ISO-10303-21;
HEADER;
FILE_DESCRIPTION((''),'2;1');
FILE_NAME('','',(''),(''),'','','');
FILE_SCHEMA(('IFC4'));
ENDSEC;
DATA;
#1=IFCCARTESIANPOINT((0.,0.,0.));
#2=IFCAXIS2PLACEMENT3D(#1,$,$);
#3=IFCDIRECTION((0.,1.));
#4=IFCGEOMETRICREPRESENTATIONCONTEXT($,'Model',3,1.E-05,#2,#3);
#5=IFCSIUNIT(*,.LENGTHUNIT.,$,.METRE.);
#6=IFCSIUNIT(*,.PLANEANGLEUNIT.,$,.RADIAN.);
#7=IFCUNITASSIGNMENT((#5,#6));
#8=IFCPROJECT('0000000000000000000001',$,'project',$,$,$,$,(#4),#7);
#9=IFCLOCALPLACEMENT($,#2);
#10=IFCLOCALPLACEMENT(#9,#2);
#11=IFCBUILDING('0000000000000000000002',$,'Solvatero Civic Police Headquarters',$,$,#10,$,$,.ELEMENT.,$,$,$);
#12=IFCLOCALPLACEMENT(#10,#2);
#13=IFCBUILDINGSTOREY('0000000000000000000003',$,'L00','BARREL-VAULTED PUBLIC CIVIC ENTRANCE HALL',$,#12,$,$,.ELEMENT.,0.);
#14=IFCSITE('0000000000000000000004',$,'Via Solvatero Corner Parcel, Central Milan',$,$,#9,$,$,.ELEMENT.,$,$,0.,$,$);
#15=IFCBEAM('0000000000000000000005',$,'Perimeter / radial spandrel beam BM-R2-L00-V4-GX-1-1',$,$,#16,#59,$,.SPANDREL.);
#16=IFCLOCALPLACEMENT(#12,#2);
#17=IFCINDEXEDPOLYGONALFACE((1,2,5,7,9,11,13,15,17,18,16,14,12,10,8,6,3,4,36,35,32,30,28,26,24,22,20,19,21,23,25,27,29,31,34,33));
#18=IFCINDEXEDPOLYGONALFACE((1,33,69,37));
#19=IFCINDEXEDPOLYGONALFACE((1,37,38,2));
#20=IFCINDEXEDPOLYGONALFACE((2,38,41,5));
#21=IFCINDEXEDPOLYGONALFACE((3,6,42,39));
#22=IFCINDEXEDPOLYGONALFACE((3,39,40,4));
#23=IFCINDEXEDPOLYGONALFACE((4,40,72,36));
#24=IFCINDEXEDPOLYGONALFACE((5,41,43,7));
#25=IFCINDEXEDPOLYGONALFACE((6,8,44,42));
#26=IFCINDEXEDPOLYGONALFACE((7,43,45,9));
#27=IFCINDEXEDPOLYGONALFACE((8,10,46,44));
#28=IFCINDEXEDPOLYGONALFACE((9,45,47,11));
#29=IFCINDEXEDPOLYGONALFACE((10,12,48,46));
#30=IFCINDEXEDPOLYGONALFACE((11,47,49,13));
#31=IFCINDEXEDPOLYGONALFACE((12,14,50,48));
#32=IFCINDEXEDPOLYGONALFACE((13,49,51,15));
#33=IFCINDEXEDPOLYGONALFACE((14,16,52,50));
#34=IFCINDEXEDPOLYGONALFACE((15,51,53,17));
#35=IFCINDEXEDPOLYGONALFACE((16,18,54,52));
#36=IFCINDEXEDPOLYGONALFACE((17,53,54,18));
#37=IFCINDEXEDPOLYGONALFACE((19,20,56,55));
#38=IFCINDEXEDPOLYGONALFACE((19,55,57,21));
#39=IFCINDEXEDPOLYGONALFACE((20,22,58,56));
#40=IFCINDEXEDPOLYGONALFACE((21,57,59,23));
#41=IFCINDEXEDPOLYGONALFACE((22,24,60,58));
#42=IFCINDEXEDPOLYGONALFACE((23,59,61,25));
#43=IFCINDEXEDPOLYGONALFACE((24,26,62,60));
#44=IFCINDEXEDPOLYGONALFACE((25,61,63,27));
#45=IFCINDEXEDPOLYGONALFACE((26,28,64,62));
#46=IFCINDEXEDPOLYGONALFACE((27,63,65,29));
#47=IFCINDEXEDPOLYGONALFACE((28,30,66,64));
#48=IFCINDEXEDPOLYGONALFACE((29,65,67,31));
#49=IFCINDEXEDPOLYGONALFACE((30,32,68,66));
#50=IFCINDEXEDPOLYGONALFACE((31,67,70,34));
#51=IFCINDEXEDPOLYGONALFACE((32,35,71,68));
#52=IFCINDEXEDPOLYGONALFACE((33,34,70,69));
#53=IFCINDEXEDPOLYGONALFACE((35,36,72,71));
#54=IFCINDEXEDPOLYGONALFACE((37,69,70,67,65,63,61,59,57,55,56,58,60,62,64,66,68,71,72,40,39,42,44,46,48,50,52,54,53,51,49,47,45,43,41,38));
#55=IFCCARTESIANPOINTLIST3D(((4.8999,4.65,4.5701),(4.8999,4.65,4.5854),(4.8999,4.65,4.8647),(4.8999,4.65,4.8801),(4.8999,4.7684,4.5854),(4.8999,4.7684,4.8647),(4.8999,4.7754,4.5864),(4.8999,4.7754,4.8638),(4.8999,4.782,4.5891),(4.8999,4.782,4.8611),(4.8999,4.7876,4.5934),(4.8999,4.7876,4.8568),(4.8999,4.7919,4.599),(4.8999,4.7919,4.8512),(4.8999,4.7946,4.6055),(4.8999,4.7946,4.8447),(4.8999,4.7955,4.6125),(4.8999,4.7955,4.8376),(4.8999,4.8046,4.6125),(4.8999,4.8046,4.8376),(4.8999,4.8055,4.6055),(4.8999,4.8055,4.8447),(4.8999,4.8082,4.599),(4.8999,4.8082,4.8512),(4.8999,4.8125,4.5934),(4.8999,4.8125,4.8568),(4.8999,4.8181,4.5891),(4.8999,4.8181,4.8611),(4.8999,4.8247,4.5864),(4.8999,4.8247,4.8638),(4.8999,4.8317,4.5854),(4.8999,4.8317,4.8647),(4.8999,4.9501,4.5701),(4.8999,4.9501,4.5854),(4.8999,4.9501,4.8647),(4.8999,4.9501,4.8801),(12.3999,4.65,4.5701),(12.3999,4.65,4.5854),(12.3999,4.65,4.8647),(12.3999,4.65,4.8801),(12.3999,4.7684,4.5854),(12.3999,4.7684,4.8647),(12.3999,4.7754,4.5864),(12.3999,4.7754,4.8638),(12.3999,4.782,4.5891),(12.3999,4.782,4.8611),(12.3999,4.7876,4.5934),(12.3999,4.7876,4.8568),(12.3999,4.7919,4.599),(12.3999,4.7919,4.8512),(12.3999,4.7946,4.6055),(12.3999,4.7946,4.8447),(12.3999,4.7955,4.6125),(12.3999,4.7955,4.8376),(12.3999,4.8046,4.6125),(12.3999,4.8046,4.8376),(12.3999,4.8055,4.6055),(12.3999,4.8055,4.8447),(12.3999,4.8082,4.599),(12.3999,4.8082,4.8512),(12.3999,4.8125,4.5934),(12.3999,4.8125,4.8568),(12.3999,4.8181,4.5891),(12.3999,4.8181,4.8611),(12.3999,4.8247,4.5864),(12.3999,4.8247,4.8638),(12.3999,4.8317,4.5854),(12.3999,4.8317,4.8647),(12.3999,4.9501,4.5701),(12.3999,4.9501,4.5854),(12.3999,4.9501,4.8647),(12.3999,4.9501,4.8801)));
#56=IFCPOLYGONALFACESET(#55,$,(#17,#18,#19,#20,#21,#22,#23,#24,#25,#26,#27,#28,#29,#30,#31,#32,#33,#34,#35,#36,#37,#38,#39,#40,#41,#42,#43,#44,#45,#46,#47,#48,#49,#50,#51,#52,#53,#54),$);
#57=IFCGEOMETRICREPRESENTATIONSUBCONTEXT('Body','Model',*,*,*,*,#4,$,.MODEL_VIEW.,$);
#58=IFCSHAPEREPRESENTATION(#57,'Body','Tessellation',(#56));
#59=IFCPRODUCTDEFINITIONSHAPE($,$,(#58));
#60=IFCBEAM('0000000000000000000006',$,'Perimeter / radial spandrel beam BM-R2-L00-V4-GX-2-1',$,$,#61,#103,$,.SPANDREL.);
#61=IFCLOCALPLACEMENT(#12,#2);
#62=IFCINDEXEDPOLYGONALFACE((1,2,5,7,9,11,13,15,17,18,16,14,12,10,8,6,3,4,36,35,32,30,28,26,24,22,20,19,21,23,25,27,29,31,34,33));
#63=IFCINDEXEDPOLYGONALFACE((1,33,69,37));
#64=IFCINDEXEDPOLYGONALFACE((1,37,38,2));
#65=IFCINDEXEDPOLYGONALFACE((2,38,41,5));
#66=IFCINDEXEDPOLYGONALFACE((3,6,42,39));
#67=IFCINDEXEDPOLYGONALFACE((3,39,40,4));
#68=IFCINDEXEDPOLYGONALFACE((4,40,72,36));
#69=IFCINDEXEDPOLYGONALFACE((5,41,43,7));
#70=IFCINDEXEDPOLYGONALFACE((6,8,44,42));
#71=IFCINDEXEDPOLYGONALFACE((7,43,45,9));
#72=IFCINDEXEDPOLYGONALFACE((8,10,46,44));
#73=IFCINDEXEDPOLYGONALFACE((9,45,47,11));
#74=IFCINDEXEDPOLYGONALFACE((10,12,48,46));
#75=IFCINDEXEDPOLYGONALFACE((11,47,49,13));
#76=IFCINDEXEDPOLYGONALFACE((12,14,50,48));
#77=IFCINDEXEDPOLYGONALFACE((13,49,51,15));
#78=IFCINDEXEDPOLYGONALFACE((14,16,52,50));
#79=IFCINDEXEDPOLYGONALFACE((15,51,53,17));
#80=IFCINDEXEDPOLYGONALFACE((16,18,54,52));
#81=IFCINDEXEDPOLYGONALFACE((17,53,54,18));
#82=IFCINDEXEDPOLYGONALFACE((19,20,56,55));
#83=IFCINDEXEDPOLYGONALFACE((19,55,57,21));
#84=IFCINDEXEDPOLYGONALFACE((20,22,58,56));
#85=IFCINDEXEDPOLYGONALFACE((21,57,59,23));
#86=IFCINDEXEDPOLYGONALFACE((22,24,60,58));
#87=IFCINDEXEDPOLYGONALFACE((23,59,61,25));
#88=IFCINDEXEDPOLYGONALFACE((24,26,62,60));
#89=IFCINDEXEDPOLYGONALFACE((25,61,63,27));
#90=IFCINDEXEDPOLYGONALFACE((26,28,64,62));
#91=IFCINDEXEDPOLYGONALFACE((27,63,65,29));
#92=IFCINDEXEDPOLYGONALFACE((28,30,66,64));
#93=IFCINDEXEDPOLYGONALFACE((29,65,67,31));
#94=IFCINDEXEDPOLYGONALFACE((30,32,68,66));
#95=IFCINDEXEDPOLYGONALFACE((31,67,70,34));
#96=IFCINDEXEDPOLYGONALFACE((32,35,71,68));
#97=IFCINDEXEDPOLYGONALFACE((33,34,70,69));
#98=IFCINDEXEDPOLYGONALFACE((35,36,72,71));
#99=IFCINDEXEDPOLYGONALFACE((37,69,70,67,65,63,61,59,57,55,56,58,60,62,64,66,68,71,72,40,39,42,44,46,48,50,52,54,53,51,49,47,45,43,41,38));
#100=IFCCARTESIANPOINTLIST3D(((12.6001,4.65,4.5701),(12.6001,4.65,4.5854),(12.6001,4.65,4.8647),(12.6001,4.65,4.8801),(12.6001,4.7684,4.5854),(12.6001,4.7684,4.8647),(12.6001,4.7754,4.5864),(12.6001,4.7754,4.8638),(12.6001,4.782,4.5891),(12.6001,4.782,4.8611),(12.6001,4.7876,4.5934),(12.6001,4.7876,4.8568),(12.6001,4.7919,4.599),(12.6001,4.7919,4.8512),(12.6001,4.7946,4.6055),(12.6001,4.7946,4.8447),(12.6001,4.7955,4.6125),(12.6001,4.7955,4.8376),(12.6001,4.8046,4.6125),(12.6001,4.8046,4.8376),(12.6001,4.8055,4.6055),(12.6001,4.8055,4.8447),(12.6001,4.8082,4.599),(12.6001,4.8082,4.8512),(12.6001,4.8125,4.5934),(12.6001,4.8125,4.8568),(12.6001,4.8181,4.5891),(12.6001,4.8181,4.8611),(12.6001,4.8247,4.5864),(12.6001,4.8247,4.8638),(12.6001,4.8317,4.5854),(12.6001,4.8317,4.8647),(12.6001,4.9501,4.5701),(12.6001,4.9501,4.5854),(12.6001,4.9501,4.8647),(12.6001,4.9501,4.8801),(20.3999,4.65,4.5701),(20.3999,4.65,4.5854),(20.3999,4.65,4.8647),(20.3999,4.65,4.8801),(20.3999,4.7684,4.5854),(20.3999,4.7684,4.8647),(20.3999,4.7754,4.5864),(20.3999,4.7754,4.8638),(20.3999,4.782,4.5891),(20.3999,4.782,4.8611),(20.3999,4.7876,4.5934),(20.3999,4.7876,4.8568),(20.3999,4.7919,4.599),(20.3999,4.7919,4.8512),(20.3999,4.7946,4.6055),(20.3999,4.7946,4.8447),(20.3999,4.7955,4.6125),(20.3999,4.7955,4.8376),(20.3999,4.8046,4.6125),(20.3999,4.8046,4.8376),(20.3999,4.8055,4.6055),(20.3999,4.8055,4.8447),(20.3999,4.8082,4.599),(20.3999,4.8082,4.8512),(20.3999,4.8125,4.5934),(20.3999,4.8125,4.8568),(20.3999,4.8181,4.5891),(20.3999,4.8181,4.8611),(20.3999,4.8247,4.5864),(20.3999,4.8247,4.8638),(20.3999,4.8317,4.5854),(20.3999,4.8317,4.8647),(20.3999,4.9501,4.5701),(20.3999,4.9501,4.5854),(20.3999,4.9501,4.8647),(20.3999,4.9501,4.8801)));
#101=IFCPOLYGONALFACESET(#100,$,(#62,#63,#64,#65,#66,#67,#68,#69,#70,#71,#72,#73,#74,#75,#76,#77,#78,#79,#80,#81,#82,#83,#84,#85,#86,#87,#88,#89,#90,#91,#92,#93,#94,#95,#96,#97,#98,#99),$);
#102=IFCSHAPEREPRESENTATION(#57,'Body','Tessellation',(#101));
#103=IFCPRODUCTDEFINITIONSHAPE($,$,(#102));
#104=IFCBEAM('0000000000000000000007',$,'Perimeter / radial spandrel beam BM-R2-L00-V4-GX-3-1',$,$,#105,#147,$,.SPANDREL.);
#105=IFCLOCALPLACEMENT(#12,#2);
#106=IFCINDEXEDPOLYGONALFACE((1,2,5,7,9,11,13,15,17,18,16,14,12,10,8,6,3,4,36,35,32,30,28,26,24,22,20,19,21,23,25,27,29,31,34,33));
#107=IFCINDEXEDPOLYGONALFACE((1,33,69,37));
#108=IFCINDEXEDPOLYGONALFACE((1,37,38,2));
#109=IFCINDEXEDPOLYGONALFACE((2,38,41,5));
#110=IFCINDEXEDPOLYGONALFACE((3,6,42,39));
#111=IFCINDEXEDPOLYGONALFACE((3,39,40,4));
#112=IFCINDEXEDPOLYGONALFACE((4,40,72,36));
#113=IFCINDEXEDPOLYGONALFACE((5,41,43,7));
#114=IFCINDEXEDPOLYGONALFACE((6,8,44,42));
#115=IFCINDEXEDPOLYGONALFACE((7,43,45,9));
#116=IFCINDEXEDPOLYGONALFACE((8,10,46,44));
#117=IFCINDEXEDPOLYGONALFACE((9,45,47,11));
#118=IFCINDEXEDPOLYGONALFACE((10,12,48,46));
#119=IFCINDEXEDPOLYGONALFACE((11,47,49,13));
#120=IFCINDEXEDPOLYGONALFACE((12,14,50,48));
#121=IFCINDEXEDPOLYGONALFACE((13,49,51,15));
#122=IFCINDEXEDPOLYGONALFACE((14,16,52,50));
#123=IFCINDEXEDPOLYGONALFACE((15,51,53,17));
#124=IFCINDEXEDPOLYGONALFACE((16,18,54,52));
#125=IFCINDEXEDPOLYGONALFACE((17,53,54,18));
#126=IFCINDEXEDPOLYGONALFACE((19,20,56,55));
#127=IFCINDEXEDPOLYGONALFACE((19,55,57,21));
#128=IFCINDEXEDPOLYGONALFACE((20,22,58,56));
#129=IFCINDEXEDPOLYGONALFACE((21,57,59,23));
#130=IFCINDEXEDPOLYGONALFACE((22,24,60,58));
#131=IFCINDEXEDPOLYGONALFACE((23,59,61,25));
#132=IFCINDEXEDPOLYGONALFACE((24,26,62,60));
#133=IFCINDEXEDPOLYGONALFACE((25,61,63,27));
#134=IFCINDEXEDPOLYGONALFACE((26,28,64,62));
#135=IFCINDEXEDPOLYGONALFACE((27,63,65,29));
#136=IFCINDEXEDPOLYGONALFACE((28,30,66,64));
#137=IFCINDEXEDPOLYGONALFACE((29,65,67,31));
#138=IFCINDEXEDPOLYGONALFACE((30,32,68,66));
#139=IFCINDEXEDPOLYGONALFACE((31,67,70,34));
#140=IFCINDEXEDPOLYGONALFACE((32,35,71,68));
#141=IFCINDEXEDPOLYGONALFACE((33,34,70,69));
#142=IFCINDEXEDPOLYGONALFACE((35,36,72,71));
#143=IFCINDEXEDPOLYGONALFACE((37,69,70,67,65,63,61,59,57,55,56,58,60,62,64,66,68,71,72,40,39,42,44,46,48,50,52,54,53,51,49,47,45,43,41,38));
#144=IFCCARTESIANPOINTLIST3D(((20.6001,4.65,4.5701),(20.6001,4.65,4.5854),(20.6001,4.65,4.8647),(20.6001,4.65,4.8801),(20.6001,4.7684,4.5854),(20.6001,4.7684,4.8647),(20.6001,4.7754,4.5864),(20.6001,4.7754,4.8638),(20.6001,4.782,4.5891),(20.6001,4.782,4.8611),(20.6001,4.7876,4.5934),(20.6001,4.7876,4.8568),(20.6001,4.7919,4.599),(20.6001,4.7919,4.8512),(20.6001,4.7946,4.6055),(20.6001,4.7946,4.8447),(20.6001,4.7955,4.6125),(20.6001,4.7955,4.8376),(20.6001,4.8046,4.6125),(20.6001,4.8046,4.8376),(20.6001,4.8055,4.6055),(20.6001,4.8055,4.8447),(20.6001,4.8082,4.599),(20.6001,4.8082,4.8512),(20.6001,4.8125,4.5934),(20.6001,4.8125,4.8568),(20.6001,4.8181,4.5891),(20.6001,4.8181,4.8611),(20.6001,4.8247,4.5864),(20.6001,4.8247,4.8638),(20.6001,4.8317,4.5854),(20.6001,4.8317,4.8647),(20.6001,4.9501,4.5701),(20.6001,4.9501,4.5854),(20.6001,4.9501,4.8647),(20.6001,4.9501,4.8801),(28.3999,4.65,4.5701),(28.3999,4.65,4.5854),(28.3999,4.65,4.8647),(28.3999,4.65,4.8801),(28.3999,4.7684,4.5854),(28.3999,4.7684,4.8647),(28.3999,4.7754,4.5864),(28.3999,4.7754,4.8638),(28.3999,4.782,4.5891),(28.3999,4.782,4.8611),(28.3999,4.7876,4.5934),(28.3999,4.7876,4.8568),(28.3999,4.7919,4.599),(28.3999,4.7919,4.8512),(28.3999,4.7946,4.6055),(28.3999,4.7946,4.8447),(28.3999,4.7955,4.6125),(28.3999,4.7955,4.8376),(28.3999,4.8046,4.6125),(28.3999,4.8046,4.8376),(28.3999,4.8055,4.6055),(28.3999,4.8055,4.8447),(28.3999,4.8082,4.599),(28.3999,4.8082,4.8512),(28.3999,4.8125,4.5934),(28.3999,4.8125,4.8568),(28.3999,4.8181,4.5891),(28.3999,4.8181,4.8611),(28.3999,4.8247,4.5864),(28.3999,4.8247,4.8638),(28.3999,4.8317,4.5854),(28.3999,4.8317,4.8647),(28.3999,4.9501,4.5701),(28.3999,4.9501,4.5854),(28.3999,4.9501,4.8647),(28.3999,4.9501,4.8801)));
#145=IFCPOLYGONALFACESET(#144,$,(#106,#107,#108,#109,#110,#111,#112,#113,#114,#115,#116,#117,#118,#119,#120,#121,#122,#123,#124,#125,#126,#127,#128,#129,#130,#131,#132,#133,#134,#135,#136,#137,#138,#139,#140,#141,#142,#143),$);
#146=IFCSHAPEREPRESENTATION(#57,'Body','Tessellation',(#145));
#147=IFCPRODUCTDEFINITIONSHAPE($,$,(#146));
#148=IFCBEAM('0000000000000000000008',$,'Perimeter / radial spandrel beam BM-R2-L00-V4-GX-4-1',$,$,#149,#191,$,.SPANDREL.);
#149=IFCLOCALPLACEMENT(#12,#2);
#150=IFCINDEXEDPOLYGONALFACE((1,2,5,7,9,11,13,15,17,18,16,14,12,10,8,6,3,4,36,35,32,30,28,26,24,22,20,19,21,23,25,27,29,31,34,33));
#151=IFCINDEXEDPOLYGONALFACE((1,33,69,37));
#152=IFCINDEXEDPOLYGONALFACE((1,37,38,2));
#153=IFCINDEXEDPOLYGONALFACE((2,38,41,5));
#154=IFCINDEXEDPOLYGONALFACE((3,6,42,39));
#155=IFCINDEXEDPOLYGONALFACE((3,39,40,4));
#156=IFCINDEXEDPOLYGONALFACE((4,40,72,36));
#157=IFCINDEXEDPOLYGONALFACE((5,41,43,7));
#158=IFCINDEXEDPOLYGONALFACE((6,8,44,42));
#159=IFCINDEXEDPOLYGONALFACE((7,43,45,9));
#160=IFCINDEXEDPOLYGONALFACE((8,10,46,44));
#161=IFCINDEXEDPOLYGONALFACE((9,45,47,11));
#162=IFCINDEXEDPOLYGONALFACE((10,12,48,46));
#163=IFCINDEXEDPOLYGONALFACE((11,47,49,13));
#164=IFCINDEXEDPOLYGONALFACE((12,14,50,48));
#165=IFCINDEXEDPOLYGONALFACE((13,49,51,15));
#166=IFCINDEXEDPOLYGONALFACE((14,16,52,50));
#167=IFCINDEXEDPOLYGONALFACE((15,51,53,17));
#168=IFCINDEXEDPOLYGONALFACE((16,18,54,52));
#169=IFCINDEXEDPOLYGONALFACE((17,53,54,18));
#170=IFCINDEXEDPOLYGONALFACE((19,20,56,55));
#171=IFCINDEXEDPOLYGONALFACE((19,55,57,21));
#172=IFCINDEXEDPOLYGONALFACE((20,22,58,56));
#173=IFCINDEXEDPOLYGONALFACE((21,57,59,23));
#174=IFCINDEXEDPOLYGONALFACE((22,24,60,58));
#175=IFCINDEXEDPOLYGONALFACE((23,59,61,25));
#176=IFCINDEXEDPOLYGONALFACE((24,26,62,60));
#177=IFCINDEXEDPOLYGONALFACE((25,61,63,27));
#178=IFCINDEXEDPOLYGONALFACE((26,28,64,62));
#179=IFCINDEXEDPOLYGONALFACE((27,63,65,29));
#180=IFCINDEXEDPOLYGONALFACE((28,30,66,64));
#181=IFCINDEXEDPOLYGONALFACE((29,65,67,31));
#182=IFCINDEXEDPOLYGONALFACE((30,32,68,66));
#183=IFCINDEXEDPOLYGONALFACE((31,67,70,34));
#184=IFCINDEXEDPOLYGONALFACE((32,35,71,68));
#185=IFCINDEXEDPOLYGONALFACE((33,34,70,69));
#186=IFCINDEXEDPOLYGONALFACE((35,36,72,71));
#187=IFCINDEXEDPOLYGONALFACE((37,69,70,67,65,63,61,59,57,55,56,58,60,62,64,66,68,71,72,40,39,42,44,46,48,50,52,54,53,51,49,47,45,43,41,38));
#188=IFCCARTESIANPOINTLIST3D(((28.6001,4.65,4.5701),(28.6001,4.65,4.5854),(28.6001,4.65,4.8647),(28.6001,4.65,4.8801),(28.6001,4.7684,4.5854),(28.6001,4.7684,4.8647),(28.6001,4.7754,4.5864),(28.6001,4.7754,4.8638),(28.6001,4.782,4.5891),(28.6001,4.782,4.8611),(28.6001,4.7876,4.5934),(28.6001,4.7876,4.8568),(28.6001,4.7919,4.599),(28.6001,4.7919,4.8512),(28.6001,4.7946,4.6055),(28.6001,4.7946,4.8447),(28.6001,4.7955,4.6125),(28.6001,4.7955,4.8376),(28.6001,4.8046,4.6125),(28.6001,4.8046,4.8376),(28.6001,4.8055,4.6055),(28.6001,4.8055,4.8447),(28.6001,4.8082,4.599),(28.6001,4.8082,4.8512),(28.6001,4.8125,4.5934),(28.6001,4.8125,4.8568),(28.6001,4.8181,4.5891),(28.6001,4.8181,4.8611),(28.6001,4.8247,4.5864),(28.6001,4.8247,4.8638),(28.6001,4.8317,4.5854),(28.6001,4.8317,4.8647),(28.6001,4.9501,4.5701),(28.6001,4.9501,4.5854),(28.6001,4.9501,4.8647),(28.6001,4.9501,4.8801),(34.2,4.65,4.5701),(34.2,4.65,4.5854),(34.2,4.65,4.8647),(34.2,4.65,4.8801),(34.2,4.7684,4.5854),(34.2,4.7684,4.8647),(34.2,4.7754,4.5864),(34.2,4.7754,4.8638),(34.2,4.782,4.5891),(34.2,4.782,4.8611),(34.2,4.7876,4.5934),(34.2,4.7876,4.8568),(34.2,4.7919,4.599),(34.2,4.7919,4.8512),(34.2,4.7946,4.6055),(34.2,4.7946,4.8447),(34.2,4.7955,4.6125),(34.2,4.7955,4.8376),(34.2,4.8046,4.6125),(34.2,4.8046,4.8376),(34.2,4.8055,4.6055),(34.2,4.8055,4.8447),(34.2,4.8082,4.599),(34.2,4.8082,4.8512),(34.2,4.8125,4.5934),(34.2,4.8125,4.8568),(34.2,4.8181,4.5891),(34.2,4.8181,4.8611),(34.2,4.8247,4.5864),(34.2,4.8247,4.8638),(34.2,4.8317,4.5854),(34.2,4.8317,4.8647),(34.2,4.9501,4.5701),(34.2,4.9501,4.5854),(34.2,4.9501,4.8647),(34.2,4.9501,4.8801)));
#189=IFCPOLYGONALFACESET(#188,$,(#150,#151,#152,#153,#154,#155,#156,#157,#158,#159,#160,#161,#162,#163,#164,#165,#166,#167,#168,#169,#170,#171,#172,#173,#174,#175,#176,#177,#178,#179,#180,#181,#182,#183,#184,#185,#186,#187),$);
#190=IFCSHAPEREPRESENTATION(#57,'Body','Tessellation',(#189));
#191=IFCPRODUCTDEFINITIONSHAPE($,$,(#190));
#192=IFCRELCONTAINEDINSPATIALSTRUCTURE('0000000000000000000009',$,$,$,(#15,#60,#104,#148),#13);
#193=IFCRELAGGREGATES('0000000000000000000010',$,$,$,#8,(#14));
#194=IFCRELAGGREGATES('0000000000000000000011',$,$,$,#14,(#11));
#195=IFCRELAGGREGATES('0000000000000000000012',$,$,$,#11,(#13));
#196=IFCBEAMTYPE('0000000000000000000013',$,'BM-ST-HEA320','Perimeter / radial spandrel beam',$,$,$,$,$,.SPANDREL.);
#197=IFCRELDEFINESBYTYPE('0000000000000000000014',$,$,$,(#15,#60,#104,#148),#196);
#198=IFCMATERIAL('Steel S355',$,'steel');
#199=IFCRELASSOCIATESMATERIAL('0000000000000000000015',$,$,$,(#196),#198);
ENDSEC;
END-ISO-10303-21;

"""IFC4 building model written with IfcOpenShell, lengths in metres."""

from ifc_helpers import new_model, si_unit, direction, frame, origin, origin_2d, place, context, subcontext, project, spatial, i_section, extrude, material, material_profile, profile_set, type_object, element, save


model = new_model("IFC4")

# Units and contexts
model_context = context("Model", 3, precision=1e-05, world=origin(), true_north=direction((0.0, 1.0)))
body_context = subcontext(model_context, "Body", "Model", "MODEL_VIEW")
ifc_project = project(units=[si_unit("LENGTHUNIT", "METRE"), si_unit("PLANEANGLEUNIT", "RADIAN")], contexts=[model_context])

# Site, building, storey
site_placement = place(None, origin())
site = spatial("IfcSite", under=ifc_project, at=site_placement, Name="Via Solvatero Corner Parcel, Central Milan", CompositionType="ELEMENT", RefElevation=0.0)
building_placement = place(site_placement, origin())
building = spatial("IfcBuilding", under=site, at=building_placement, Name="Solvatero Civic Police Headquarters", CompositionType="ELEMENT")
storey_placement = place(building_placement, origin())
storey = spatial("IfcBuildingStorey", under=building, at=storey_placement, Name="L00", Description="BARREL-VAULTED PUBLIC CIVIC ENTRANCE HALL", CompositionType="ELEMENT", Elevation=0.0)

# Beams
ifc_material_1 = material(Name="Steel S355", Category="steel")
ifc_material_profile_1 = material_profile(ifc_material_1, i_section(OverallWidth=0.3, OverallDepth=0.3101, WebThickness=0.009, FlangeThickness=0.0154, FilletRadius=0.0271, at=origin_2d()), Name="HEA 320")
ifc_profile_set_1 = profile_set([ifc_material_profile_1], Name="Steel S355")
beam_type_1 = type_object("IfcBeamType", Name="BM-ST-HEA320", Description="Perimeter / radial spandrel beam", PredefinedType="SPANDREL", material=ifc_profile_set_1)
beam_1_placement = place(storey_placement, frame((4.8999, 4.8, 4.7251), z_axis=(1.0, 0.0, 0.0), x_axis=(0.0, 1.0, 0.0)))
element("IfcBeam", 1, at=beam_1_placement, inside=storey, type_object=beam_type_1, Name="Perimeter / radial spandrel beam BM-R2-L00-V4-GX-1-1", PredefinedType="SPANDREL", context=body_context, shape_type="SweptSolid", body=[
    extrude(i_section(OverallWidth=0.3, OverallDepth=0.3101, WebThickness=0.009, FlangeThickness=0.0154, FilletRadius=0.0271, at=origin_2d()), origin(), (0.0, 0.0, 1.0), 7.5),
])
for number, where, z_axis, x_axis, name in (
    (2, (12.6001, 4.8, 4.7251), (1.0, 0.0, 0.0), (0.0, 1.0, 0.0), "Perimeter / radial spandrel beam BM-R2-L00-V4-GX-2-1"),
    (3, (20.6001, 4.8, 4.7251), (1.0, 0.0, 0.0), (0.0, 1.0, 0.0), "Perimeter / radial spandrel beam BM-R2-L00-V4-GX-3-1"),
):
    element("IfcBeam", number, at=place(storey_placement, frame(where, z_axis=z_axis, x_axis=x_axis)), inside=storey, type_object=beam_type_1, Name=name, PredefinedType="SPANDREL", context=body_context, shape_type="SweptSolid", body=[
        extrude(i_section(OverallWidth=0.3, OverallDepth=0.3101, WebThickness=0.009, FlangeThickness=0.0154, FilletRadius=0.0271, at=origin_2d()), origin(), (0.0, 0.0, 1.0), 7.7998),
    ])
beam_2_placement = place(storey_placement, frame((28.6001, 4.8, 4.7251), z_axis=(1.0, 0.0, 0.0), x_axis=(0.0, 1.0, 0.0)))
element("IfcBeam", 4, at=beam_2_placement, inside=storey, type_object=beam_type_1, Name="Perimeter / radial spandrel beam BM-R2-L00-V4-GX-4-1", PredefinedType="SPANDREL", context=body_context, shape_type="SweptSolid", body=[
    extrude(i_section(OverallWidth=0.3, OverallDepth=0.3101, WebThickness=0.009, FlangeThickness=0.0154, FilletRadius=0.0271, at=origin_2d()), origin(), (0.0, 0.0, 1.0), 5.5999),
])

save(model, "model.ifc")
